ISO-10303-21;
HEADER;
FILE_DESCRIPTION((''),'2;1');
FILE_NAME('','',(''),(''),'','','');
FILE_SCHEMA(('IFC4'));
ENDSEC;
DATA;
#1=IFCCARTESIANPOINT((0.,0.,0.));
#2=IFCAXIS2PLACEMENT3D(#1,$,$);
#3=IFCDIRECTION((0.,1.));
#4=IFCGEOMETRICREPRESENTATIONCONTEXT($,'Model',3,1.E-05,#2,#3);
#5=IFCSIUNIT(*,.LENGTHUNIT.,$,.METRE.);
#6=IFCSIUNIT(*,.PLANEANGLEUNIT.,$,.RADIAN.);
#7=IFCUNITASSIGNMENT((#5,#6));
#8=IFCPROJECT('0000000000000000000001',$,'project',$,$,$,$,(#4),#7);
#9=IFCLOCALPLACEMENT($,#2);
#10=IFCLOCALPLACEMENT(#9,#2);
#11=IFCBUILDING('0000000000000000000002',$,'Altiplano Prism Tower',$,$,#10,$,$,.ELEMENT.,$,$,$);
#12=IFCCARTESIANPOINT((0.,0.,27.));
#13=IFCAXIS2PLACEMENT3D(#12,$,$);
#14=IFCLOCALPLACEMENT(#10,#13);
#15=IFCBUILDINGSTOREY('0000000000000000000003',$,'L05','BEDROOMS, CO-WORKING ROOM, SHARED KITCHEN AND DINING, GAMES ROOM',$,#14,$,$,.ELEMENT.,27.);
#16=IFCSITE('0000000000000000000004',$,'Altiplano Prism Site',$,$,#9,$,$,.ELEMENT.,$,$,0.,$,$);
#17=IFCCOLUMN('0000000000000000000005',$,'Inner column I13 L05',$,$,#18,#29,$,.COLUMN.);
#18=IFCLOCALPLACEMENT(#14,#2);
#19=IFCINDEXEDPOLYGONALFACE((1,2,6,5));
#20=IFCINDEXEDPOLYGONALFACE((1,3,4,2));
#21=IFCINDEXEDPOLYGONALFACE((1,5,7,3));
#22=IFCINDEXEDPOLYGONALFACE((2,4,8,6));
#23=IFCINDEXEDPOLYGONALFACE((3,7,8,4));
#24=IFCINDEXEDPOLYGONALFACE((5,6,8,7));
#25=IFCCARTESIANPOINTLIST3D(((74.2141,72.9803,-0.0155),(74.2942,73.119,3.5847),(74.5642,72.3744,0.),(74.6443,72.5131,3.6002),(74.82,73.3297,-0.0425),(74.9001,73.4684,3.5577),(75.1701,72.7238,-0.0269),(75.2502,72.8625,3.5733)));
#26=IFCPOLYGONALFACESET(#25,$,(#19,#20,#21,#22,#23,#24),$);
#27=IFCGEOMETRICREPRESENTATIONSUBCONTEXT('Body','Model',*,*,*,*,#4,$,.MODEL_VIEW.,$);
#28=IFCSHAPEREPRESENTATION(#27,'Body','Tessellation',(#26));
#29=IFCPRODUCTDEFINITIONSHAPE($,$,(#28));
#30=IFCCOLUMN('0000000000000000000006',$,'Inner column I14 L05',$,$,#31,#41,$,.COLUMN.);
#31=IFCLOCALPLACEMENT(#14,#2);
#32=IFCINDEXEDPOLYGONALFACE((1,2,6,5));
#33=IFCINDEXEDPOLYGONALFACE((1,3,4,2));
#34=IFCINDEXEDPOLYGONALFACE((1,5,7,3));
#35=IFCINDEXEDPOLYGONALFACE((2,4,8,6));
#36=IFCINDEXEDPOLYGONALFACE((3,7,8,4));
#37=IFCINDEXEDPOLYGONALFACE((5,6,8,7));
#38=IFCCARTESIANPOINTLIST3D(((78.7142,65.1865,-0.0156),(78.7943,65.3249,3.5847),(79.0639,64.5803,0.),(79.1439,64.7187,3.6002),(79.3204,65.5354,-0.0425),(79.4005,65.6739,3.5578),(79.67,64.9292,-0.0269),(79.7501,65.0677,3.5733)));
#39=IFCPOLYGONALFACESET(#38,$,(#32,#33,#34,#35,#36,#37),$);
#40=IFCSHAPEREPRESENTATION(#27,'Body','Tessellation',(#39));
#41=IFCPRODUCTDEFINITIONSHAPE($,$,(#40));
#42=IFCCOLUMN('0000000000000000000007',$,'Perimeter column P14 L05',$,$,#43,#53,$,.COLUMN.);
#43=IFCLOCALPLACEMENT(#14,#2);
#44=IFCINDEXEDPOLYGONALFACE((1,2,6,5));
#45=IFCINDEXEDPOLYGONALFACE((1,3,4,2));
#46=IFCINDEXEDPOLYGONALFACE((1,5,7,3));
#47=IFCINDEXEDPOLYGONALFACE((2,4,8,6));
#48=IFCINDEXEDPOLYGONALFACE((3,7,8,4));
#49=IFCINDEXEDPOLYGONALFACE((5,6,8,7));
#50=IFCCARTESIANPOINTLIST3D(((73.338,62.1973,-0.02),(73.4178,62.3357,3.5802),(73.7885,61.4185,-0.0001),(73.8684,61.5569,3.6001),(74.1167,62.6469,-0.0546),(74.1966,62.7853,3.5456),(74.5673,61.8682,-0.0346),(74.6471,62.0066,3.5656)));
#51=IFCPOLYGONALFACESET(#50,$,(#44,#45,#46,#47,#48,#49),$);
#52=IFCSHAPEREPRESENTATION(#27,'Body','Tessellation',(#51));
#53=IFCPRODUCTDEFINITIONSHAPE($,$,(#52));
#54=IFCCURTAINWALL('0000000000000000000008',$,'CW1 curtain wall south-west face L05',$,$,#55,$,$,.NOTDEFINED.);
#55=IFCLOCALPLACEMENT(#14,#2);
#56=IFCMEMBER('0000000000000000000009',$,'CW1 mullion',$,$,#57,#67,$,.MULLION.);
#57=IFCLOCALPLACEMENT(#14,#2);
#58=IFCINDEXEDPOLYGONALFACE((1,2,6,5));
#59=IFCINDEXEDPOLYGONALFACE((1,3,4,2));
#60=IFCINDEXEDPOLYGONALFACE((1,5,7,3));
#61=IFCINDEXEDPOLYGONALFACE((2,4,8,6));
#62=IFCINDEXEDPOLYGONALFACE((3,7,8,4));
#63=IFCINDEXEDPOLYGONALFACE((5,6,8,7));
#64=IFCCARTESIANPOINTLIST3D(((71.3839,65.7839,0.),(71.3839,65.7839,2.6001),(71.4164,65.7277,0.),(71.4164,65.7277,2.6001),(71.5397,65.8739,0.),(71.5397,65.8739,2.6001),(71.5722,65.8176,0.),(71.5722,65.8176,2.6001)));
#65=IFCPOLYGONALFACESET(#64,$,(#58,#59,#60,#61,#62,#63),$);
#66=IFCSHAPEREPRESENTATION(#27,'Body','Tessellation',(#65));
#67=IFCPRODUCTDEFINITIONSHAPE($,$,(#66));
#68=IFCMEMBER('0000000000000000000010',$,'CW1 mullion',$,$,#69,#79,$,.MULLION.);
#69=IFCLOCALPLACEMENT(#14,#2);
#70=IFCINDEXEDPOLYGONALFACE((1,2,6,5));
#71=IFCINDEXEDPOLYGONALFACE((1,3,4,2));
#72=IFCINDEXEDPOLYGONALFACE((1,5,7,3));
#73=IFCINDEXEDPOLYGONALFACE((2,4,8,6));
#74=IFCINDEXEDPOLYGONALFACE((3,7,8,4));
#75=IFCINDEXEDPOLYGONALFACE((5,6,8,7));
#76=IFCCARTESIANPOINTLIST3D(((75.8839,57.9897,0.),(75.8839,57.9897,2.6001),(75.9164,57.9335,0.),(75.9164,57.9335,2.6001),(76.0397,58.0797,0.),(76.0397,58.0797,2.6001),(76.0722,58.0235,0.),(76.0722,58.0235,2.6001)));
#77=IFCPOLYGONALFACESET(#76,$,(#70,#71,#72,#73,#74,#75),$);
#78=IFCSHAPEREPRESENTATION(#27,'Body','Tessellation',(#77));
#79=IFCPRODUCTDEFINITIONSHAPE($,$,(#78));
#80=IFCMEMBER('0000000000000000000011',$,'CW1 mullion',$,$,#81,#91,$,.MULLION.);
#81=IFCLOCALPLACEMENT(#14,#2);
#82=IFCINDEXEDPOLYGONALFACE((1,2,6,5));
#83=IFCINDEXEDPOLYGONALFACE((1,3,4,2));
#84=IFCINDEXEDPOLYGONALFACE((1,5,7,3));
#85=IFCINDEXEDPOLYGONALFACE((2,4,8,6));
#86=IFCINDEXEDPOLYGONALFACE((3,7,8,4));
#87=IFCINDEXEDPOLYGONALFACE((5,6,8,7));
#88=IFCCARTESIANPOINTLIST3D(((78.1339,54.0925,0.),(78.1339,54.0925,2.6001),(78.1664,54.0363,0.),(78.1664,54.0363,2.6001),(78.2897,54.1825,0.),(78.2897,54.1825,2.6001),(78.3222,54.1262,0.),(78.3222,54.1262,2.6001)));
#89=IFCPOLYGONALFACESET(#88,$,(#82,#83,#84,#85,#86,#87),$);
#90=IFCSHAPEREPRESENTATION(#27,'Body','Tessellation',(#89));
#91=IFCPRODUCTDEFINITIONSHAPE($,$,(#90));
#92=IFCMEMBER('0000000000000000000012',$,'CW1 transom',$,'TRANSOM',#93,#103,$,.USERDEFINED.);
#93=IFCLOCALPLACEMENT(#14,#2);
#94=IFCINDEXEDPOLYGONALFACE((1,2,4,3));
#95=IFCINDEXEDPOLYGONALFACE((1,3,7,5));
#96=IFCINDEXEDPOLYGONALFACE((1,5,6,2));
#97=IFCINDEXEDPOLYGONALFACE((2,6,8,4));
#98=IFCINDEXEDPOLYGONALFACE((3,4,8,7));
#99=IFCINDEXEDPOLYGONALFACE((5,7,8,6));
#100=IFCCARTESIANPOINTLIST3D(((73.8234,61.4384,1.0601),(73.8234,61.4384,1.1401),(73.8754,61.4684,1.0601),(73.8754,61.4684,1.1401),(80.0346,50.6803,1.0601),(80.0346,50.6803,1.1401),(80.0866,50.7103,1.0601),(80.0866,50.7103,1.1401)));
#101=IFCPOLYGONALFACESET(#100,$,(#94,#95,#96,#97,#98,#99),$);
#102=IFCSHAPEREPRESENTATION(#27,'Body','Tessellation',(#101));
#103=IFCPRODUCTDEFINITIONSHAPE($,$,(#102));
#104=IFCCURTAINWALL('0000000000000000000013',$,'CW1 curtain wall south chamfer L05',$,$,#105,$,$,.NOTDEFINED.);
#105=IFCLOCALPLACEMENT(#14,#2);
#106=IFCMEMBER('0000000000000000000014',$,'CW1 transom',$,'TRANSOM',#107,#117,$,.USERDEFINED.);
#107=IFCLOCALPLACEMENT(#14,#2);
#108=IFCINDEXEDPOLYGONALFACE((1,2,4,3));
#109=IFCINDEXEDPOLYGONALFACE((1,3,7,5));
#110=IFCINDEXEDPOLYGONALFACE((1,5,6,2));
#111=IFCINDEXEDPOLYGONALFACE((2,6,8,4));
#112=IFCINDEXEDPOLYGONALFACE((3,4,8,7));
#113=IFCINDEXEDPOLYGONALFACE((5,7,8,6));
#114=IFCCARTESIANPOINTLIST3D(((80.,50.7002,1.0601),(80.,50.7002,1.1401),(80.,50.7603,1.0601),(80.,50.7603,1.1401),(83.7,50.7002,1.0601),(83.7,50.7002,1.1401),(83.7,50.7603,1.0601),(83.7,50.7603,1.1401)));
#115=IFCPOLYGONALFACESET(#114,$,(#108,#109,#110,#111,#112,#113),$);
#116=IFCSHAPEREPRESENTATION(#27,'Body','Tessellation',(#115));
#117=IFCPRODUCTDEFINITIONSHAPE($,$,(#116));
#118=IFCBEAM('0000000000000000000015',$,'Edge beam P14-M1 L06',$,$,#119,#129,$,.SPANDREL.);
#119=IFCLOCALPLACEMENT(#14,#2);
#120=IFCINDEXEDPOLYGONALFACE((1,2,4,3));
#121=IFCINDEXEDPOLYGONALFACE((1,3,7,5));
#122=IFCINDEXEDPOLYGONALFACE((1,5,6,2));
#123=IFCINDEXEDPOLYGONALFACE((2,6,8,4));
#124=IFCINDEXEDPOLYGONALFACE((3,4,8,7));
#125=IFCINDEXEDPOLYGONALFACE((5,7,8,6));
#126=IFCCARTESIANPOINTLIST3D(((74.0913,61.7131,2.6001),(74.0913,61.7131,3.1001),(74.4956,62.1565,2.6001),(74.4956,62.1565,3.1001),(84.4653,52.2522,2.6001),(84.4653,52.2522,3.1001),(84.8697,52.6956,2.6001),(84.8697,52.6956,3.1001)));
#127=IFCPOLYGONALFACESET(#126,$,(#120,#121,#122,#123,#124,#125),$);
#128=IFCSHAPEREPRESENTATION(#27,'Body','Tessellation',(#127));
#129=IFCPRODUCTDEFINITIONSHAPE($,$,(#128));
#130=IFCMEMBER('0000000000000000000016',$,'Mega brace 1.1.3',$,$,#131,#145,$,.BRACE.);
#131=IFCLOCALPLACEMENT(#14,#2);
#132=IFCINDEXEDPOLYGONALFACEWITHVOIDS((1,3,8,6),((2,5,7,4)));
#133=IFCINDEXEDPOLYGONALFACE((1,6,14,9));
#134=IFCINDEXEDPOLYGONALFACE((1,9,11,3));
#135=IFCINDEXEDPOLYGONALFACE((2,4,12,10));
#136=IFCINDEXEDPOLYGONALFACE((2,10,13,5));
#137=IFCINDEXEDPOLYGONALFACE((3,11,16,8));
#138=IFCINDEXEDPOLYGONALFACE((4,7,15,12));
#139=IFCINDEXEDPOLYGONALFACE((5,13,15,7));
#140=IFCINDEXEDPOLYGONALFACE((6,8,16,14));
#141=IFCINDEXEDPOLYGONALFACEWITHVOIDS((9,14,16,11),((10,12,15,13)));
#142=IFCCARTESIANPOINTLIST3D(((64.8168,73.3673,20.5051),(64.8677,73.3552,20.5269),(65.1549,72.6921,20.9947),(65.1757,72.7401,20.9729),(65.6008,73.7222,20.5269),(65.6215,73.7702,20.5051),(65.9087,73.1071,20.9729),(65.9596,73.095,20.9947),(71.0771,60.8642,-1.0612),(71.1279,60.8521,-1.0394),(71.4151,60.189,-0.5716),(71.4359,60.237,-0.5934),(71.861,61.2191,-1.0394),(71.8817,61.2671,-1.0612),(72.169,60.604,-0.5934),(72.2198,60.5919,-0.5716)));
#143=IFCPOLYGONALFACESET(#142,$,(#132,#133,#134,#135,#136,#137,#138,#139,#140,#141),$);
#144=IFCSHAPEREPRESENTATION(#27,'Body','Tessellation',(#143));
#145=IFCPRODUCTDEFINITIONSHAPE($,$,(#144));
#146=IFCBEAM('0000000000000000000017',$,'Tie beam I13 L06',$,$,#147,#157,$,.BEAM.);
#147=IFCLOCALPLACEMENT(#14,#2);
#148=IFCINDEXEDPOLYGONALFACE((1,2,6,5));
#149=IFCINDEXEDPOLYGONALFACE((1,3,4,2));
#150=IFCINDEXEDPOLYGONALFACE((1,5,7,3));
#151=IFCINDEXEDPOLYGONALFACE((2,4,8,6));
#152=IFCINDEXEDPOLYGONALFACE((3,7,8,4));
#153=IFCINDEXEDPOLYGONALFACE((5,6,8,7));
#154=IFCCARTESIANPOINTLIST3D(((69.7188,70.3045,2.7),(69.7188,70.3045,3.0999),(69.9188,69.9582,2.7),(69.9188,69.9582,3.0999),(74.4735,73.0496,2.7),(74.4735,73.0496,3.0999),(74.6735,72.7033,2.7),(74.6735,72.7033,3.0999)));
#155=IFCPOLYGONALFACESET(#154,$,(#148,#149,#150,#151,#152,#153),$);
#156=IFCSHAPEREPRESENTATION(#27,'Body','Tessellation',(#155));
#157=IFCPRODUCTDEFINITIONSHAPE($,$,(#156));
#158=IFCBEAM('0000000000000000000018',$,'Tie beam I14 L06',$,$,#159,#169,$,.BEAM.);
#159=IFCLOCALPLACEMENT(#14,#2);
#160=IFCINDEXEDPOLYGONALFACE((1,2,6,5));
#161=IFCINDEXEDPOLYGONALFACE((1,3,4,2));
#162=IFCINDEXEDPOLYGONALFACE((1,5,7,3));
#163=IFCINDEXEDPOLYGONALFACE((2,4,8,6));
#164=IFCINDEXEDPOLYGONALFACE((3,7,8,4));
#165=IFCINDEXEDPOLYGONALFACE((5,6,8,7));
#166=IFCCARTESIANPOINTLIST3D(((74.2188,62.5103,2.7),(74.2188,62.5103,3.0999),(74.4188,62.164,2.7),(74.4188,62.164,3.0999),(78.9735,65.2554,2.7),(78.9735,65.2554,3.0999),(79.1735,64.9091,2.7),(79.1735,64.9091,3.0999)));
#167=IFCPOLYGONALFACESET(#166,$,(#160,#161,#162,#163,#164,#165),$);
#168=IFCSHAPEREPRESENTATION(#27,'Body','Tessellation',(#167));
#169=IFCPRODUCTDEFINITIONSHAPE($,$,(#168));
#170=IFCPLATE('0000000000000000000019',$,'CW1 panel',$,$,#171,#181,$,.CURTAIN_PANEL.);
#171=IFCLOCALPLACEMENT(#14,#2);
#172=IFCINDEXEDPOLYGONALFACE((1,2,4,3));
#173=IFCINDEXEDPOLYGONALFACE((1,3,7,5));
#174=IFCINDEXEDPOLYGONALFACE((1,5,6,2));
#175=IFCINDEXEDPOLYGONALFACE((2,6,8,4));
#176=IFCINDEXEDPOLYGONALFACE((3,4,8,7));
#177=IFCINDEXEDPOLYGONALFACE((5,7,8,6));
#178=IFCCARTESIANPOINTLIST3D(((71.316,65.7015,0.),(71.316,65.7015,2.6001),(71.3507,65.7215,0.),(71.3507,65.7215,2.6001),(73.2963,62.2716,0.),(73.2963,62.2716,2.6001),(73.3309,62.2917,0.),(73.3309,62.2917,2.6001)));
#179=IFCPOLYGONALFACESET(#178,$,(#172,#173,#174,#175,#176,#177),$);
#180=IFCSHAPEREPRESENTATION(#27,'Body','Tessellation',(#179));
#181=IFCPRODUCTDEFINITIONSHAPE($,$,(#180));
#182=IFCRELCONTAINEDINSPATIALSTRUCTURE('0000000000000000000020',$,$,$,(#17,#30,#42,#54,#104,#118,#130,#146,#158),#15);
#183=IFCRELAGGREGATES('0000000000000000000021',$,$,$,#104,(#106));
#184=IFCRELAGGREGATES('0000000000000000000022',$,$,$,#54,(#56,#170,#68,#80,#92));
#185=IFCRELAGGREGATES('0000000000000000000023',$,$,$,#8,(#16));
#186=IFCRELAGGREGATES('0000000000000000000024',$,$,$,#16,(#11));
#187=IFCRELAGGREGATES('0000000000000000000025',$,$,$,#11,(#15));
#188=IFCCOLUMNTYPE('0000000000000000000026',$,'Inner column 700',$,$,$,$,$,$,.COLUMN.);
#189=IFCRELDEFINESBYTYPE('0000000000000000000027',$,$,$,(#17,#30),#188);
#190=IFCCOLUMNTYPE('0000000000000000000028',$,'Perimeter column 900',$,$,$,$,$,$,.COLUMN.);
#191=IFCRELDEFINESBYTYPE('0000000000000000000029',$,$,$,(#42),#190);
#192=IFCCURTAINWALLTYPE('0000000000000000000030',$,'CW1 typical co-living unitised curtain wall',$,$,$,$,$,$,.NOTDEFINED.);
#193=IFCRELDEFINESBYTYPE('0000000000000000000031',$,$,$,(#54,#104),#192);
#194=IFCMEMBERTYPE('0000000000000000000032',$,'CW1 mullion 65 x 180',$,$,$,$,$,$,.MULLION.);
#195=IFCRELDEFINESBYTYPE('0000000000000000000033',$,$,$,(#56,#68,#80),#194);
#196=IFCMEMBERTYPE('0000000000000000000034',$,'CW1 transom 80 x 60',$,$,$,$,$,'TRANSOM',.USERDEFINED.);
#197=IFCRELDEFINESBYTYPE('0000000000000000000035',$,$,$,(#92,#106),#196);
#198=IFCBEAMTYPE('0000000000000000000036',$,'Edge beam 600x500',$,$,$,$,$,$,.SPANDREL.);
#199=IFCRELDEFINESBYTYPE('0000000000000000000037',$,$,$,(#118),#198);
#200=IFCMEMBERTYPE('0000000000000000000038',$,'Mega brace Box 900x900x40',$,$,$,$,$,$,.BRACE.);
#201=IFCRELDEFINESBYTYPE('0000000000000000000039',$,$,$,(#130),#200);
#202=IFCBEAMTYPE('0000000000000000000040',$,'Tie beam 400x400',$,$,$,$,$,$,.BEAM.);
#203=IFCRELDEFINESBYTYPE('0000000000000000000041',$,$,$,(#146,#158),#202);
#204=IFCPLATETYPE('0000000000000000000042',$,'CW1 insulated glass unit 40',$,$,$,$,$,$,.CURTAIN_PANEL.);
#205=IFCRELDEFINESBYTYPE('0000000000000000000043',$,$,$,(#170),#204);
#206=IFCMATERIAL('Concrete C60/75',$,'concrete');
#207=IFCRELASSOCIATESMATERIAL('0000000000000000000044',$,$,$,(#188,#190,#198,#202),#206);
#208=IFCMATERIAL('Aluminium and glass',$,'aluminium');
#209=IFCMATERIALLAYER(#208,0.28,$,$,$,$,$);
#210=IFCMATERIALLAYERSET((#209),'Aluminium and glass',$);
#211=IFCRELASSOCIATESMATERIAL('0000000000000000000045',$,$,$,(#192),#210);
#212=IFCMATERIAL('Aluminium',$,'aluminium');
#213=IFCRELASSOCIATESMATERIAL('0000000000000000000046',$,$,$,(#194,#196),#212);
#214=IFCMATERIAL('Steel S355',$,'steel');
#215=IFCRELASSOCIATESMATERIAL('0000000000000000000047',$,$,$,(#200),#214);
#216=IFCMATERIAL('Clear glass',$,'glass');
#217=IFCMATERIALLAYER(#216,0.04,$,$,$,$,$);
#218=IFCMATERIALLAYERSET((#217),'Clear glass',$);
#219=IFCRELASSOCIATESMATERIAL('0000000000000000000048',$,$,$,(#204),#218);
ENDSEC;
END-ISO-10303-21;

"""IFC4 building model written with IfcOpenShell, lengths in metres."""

from ifc_helpers import new_model, si_unit, direction, frame, origin, origin_2d, place, context, subcontext, project, spatial, rectangle, hollow_rectangle, extrude, material, layer, layer_set, material_profile, profile_set, type_object, element, aggregate, save


model = new_model("IFC4")

# Units and contexts
model_context = context("Model", 3, precision=1e-05, world=origin(), true_north=direction((0.0, 1.0)))
body_context = subcontext(model_context, "Body", "Model", "MODEL_VIEW")
ifc_project = project(units=[si_unit("LENGTHUNIT", "METRE"), si_unit("PLANEANGLEUNIT", "RADIAN")], contexts=[model_context])

# Site, building, storey
site_placement = place(None, origin())
site = spatial("IfcSite", under=ifc_project, at=site_placement, Name="Altiplano Prism Site", CompositionType="ELEMENT", RefElevation=0.0)
building_placement = place(site_placement, origin())
building = spatial("IfcBuilding", under=site, at=building_placement, Name="Altiplano Prism Tower", CompositionType="ELEMENT")
storey_placement = place(building_placement, frame((0.0, 0.0, 27.0)))
storey = spatial("IfcBuildingStorey", under=building, at=storey_placement, Name="L05", Description="BEDROOMS, CO-WORKING ROOM, SHARED KITCHEN AND DINING, GAMES ROOM", CompositionType="ELEMENT", Elevation=27.0)

# Columns
ifc_material_1 = material(Name="Concrete C60/75", Category="concrete")
ifc_material_profile_1 = material_profile(ifc_material_1, rectangle(XDim=0.7, YDim=0.7, at=origin_2d()), Name="Inner column 700")
ifc_profile_set_1 = profile_set([ifc_material_profile_1], Name="Concrete C60/75")
column_type_1 = type_object("IfcColumnType", Name="Inner column 700", PredefinedType="COLUMN", material=ifc_profile_set_1)
for number, where, z_axis, x_axis, name in (
    (1, (74.6921, 72.8521, -0.0212), (0.022221, 0.038481, 0.999012), (-0.865642, -0.499182, 0.038483), "Inner column I13 L05"),
    (2, (79.1921, 65.0579, -0.0212), (0.022221, 0.038413, 0.999015), (-0.866024, -0.498523, 0.038432), "Inner column I14 L05"),
):
    element("IfcColumn", number, at=place(storey_placement, frame(where, z_axis=z_axis, x_axis=x_axis)), inside=storey, type_object=column_type_1, Name=name, PredefinedType="COLUMN", context=body_context, shape_type="SweptSolid", body=[
        extrude(rectangle(XDim=0.7, YDim=0.7, at=origin_2d()), origin(), (0.0, 0.0, 1.0), 3.6038),
    ])
ifc_material_profile_2 = material_profile(ifc_material_1, rectangle(XDim=0.8999, YDim=0.8999, at=origin_2d()), Name="Perimeter column 900")
ifc_profile_set_2 = profile_set([ifc_material_profile_2], Name="Concrete C60/75")
column_type_2 = type_object("IfcColumnType", Name="Perimeter column 900", PredefinedType="COLUMN", material=ifc_profile_set_2)
column_placement = place(storey_placement, frame((73.9526, 62.0327, -0.0273), z_axis=(0.022154, 0.038413, 0.999016), x_axis=(-0.865365, -0.499669, 0.038403)))
element("IfcColumn", 3, at=column_placement, inside=storey, type_object=column_type_2, Name="Perimeter column P14 L05", PredefinedType="COLUMN", context=body_context, shape_type="SweptSolid", body=[
    extrude(rectangle(XDim=0.8999, YDim=0.8999, at=origin_2d()), origin(), (0.0, 0.0, 1.0), 3.6038),
])

# Curtain wall, members
ifc_material_2 = material(Name="Aluminium and glass", Category="aluminium")
ifc_layer_1 = layer(ifc_material_2, 0.28)
ifc_layer_set_1 = layer_set([ifc_layer_1], Name="Aluminium and glass")
curtain_wall_type = type_object("IfcCurtainWallType", Name="CW1 typical co-living unitised curtain wall", PredefinedType="NOTDEFINED", material=ifc_layer_set_1)
curtain_wall_1_placement = place(storey_placement, origin())
curtain_wall_1 = element("IfcCurtainWall", 4, at=curtain_wall_1_placement, inside=storey, type_object=curtain_wall_type, Name="CW1 curtain wall south-west face L05", PredefinedType="NOTDEFINED")
ifc_material_3 = material(Name="Aluminium", Category="aluminium")
ifc_material_profile_3 = material_profile(ifc_material_3, rectangle(XDim=0.1799, YDim=0.0649, at=origin_2d()), Name="CW1 mullion 65 x 180")
ifc_profile_set_3 = profile_set([ifc_material_profile_3], Name="Aluminium")
member_type_1 = type_object("IfcMemberType", Name="CW1 mullion 65 x 180", PredefinedType="MULLION", material=ifc_profile_set_3)
member_1_placement = place(storey_placement, frame((71.478, 65.8008, 0.0), z_axis=(0.0, 0.0, 1.0), x_axis=(0.866025, 0.5, 0.0)))
member_1 = element("IfcMember", 5, at=member_1_placement, type_object=member_type_1, Name="CW1 mullion", PredefinedType="MULLION", context=body_context, shape_type="SweptSolid", body=[
    extrude(rectangle(XDim=0.1799, YDim=0.0649, at=origin_2d()), origin(), (0.0, 0.0, 1.0), 2.6001),
])
member_2_placement = place(storey_placement, frame((75.978, 58.0066, 0.0), z_axis=(0.0, 0.0, 1.0), x_axis=(0.866025, 0.5, 0.0)))
member_2 = element("IfcMember", 6, at=member_2_placement, type_object=member_type_1, Name="CW1 mullion", PredefinedType="MULLION", context=body_context, shape_type="SweptSolid", body=[
    extrude(rectangle(XDim=0.1799, YDim=0.0649, at=origin_2d()), origin(), (0.0, 0.0, 1.0), 2.6001),
])
member_3_placement = place(storey_placement, frame((78.228, 54.1094, 0.0), z_axis=(0.0, 0.0, 1.0), x_axis=(0.866025, 0.5, 0.0)))
member_3 = element("IfcMember", 7, at=member_3_placement, type_object=member_type_1, Name="CW1 mullion", PredefinedType="MULLION", context=body_context, shape_type="SweptSolid", body=[
    extrude(rectangle(XDim=0.1799, YDim=0.0649, at=origin_2d()), origin(), (0.0, 0.0, 1.0), 2.6001),
])
ifc_material_profile_4 = material_profile(ifc_material_3, rectangle(XDim=0.0601, YDim=0.0801, at=origin_2d()), Name="CW1 transom 80 x 60")
ifc_profile_set_4 = profile_set([ifc_material_profile_4], Name="Aluminium")
member_type_2 = type_object("IfcMemberType", Name="CW1 transom 80 x 60", ElementType="TRANSOM", PredefinedType="USERDEFINED", material=ifc_profile_set_4)
member_4_placement = place(storey_placement, frame((73.8494, 61.4534, 1.1001), z_axis=(0.500001, -0.866025, 0.0), x_axis=(0.866025, 0.500001, 0.0)))
member_4 = element("IfcMember", 8, at=member_4_placement, type_object=member_type_2, Name="CW1 transom", ObjectType="TRANSOM", PredefinedType="USERDEFINED", context=body_context, shape_type="SweptSolid", body=[
    extrude(rectangle(XDim=0.0601, YDim=0.0801, at=origin_2d()), origin(), (0.0, 0.0, 1.0), 12.4224),
])

# Curtain wall, member
curtain_wall_2_placement = place(storey_placement, origin())
curtain_wall_2 = element("IfcCurtainWall", 9, at=curtain_wall_2_placement, inside=storey, type_object=curtain_wall_type, Name="CW1 curtain wall south chamfer L05", PredefinedType="NOTDEFINED")
member_5_placement = place(storey_placement, frame((80.0, 50.7302, 1.1001), z_axis=(1.0, 0.0, 0.0), x_axis=(0.0, 1.0, 0.0)))
member_5 = element("IfcMember", 10, at=member_5_placement, type_object=member_type_2, Name="CW1 transom", ObjectType="TRANSOM", PredefinedType="USERDEFINED", context=body_context, shape_type="SweptSolid", body=[
    extrude(rectangle(XDim=0.0601, YDim=0.0801, at=origin_2d()), origin(), (0.0, 0.0, 1.0), 3.7),
])
aggregate(curtain_wall_2, [member_5])

# Beam
ifc_material_profile_5 = material_profile(ifc_material_1, rectangle(XDim=0.6001, YDim=0.5, at=origin_2d()), Name="Edge beam 600x500")
ifc_profile_set_5 = profile_set([ifc_material_profile_5], Name="Concrete C60/75")
beam_type_1 = type_object("IfcBeamType", Name="Edge beam 600x500", PredefinedType="SPANDREL", material=ifc_profile_set_5)
beam_placement = place(storey_placement, frame((74.2935, 61.9348, 2.8501), z_axis=(0.738875, -0.673842, 0.0), x_axis=(0.673842, 0.738875, 0.0)))
element("IfcBeam", 11, at=beam_placement, inside=storey, type_object=beam_type_1, Name="Edge beam P14-M1 L06", PredefinedType="SPANDREL", context=body_context, shape_type="SweptSolid", body=[
    extrude(rectangle(XDim=0.6001, YDim=0.5, at=origin_2d()), origin(), (0.0, 0.0, 1.0), 14.0403),
])

# Member
ifc_material_4 = material(Name="Steel S355", Category="steel")
ifc_material_profile_6 = material_profile(ifc_material_4, hollow_rectangle(XDim=0.8999, YDim=0.8999, WallThickness=0.04, at=origin_2d()), Name="Mega brace Box 900x900x40")
ifc_profile_set_6 = profile_set([ifc_material_profile_6], Name="Steel S355")
member_type_3 = type_object("IfcMemberType", Name="Mega brace Box 900x900x40", PredefinedType="BRACE", material=ifc_profile_set_6)
member_6_placement = place(storey_placement, frame((71.6484, 60.728, -0.8164), z_axis=(-0.243564, 0.486453, 0.839071), x_axis=(-0.894179, -0.447709, 0.0)))
element("IfcMember", 12, at=member_6_placement, inside=storey, type_object=member_type_3, Name="Mega brace 1.1.3", PredefinedType="BRACE", context=body_context, shape_type="SweptSolid", body=[
    extrude(hollow_rectangle(XDim=0.8999, YDim=0.8999, WallThickness=0.04, at=origin_2d()), origin(), (0.0, 0.0, 1.0), 25.7026),
])

# Beams
ifc_material_profile_7 = material_profile(ifc_material_1, rectangle(XDim=0.3999, YDim=0.3999, at=origin_2d()), Name="Tie beam 400x400")
ifc_profile_set_7 = profile_set([ifc_material_profile_7], Name="Concrete C60/75")
beam_type_2 = type_object("IfcBeamType", Name="Tie beam 400x400", PredefinedType="BEAM", material=ifc_profile_set_7)
for number, where, z_axis, x_axis, name in (
    (13, (74.5735, 72.8765, 2.8999), (-0.866023, -0.500003, 0.0), (0.500003, -0.866023, 0.0), "Tie beam I13 L06"),
    (14, (79.0735, 65.0823, 2.8999), (-0.866023, -0.500003, 0.0), (0.500003, -0.866023, 0.0), "Tie beam I14 L06"),
):
    element("IfcBeam", number, at=place(storey_placement, frame(where, z_axis=z_axis, x_axis=x_axis)), inside=storey, type_object=beam_type_2, Name=name, PredefinedType="BEAM", context=body_context, shape_type="SweptSolid", body=[
        extrude(rectangle(XDim=0.3999, YDim=0.3999, at=origin_2d()), origin(), (0.0, 0.0, 1.0), 5.4902),
    ])

# Plate
ifc_material_5 = material(Name="Clear glass", Category="glass")
ifc_layer_2 = layer(ifc_material_5, 0.04)
ifc_layer_set_2 = layer_set([ifc_layer_2], Name="Clear glass")
plate_type = type_object("IfcPlateType", Name="CW1 insulated glass unit 40", PredefinedType="CURTAIN_PANEL", material=ifc_layer_set_2)
plate_1_placement = place(storey_placement, frame((72.3235, 63.9966, 0.0), z_axis=(0.0, 0.0, 1.0), x_axis=(0.5, -0.866025, 0.0)))
plate_1 = element("IfcPlate", 15, at=plate_1_placement, type_object=plate_type, Name="CW1 panel", PredefinedType="CURTAIN_PANEL", context=body_context, shape_type="SweptSolid", body=[
    extrude(rectangle(XDim=3.9604, YDim=0.04, at=origin_2d()), origin(), (0.0, 0.0, 1.0), 2.6001),
])
aggregate(curtain_wall_1, [member_1, plate_1, member_2, member_3, member_4])

save(model, "model.ifc")
